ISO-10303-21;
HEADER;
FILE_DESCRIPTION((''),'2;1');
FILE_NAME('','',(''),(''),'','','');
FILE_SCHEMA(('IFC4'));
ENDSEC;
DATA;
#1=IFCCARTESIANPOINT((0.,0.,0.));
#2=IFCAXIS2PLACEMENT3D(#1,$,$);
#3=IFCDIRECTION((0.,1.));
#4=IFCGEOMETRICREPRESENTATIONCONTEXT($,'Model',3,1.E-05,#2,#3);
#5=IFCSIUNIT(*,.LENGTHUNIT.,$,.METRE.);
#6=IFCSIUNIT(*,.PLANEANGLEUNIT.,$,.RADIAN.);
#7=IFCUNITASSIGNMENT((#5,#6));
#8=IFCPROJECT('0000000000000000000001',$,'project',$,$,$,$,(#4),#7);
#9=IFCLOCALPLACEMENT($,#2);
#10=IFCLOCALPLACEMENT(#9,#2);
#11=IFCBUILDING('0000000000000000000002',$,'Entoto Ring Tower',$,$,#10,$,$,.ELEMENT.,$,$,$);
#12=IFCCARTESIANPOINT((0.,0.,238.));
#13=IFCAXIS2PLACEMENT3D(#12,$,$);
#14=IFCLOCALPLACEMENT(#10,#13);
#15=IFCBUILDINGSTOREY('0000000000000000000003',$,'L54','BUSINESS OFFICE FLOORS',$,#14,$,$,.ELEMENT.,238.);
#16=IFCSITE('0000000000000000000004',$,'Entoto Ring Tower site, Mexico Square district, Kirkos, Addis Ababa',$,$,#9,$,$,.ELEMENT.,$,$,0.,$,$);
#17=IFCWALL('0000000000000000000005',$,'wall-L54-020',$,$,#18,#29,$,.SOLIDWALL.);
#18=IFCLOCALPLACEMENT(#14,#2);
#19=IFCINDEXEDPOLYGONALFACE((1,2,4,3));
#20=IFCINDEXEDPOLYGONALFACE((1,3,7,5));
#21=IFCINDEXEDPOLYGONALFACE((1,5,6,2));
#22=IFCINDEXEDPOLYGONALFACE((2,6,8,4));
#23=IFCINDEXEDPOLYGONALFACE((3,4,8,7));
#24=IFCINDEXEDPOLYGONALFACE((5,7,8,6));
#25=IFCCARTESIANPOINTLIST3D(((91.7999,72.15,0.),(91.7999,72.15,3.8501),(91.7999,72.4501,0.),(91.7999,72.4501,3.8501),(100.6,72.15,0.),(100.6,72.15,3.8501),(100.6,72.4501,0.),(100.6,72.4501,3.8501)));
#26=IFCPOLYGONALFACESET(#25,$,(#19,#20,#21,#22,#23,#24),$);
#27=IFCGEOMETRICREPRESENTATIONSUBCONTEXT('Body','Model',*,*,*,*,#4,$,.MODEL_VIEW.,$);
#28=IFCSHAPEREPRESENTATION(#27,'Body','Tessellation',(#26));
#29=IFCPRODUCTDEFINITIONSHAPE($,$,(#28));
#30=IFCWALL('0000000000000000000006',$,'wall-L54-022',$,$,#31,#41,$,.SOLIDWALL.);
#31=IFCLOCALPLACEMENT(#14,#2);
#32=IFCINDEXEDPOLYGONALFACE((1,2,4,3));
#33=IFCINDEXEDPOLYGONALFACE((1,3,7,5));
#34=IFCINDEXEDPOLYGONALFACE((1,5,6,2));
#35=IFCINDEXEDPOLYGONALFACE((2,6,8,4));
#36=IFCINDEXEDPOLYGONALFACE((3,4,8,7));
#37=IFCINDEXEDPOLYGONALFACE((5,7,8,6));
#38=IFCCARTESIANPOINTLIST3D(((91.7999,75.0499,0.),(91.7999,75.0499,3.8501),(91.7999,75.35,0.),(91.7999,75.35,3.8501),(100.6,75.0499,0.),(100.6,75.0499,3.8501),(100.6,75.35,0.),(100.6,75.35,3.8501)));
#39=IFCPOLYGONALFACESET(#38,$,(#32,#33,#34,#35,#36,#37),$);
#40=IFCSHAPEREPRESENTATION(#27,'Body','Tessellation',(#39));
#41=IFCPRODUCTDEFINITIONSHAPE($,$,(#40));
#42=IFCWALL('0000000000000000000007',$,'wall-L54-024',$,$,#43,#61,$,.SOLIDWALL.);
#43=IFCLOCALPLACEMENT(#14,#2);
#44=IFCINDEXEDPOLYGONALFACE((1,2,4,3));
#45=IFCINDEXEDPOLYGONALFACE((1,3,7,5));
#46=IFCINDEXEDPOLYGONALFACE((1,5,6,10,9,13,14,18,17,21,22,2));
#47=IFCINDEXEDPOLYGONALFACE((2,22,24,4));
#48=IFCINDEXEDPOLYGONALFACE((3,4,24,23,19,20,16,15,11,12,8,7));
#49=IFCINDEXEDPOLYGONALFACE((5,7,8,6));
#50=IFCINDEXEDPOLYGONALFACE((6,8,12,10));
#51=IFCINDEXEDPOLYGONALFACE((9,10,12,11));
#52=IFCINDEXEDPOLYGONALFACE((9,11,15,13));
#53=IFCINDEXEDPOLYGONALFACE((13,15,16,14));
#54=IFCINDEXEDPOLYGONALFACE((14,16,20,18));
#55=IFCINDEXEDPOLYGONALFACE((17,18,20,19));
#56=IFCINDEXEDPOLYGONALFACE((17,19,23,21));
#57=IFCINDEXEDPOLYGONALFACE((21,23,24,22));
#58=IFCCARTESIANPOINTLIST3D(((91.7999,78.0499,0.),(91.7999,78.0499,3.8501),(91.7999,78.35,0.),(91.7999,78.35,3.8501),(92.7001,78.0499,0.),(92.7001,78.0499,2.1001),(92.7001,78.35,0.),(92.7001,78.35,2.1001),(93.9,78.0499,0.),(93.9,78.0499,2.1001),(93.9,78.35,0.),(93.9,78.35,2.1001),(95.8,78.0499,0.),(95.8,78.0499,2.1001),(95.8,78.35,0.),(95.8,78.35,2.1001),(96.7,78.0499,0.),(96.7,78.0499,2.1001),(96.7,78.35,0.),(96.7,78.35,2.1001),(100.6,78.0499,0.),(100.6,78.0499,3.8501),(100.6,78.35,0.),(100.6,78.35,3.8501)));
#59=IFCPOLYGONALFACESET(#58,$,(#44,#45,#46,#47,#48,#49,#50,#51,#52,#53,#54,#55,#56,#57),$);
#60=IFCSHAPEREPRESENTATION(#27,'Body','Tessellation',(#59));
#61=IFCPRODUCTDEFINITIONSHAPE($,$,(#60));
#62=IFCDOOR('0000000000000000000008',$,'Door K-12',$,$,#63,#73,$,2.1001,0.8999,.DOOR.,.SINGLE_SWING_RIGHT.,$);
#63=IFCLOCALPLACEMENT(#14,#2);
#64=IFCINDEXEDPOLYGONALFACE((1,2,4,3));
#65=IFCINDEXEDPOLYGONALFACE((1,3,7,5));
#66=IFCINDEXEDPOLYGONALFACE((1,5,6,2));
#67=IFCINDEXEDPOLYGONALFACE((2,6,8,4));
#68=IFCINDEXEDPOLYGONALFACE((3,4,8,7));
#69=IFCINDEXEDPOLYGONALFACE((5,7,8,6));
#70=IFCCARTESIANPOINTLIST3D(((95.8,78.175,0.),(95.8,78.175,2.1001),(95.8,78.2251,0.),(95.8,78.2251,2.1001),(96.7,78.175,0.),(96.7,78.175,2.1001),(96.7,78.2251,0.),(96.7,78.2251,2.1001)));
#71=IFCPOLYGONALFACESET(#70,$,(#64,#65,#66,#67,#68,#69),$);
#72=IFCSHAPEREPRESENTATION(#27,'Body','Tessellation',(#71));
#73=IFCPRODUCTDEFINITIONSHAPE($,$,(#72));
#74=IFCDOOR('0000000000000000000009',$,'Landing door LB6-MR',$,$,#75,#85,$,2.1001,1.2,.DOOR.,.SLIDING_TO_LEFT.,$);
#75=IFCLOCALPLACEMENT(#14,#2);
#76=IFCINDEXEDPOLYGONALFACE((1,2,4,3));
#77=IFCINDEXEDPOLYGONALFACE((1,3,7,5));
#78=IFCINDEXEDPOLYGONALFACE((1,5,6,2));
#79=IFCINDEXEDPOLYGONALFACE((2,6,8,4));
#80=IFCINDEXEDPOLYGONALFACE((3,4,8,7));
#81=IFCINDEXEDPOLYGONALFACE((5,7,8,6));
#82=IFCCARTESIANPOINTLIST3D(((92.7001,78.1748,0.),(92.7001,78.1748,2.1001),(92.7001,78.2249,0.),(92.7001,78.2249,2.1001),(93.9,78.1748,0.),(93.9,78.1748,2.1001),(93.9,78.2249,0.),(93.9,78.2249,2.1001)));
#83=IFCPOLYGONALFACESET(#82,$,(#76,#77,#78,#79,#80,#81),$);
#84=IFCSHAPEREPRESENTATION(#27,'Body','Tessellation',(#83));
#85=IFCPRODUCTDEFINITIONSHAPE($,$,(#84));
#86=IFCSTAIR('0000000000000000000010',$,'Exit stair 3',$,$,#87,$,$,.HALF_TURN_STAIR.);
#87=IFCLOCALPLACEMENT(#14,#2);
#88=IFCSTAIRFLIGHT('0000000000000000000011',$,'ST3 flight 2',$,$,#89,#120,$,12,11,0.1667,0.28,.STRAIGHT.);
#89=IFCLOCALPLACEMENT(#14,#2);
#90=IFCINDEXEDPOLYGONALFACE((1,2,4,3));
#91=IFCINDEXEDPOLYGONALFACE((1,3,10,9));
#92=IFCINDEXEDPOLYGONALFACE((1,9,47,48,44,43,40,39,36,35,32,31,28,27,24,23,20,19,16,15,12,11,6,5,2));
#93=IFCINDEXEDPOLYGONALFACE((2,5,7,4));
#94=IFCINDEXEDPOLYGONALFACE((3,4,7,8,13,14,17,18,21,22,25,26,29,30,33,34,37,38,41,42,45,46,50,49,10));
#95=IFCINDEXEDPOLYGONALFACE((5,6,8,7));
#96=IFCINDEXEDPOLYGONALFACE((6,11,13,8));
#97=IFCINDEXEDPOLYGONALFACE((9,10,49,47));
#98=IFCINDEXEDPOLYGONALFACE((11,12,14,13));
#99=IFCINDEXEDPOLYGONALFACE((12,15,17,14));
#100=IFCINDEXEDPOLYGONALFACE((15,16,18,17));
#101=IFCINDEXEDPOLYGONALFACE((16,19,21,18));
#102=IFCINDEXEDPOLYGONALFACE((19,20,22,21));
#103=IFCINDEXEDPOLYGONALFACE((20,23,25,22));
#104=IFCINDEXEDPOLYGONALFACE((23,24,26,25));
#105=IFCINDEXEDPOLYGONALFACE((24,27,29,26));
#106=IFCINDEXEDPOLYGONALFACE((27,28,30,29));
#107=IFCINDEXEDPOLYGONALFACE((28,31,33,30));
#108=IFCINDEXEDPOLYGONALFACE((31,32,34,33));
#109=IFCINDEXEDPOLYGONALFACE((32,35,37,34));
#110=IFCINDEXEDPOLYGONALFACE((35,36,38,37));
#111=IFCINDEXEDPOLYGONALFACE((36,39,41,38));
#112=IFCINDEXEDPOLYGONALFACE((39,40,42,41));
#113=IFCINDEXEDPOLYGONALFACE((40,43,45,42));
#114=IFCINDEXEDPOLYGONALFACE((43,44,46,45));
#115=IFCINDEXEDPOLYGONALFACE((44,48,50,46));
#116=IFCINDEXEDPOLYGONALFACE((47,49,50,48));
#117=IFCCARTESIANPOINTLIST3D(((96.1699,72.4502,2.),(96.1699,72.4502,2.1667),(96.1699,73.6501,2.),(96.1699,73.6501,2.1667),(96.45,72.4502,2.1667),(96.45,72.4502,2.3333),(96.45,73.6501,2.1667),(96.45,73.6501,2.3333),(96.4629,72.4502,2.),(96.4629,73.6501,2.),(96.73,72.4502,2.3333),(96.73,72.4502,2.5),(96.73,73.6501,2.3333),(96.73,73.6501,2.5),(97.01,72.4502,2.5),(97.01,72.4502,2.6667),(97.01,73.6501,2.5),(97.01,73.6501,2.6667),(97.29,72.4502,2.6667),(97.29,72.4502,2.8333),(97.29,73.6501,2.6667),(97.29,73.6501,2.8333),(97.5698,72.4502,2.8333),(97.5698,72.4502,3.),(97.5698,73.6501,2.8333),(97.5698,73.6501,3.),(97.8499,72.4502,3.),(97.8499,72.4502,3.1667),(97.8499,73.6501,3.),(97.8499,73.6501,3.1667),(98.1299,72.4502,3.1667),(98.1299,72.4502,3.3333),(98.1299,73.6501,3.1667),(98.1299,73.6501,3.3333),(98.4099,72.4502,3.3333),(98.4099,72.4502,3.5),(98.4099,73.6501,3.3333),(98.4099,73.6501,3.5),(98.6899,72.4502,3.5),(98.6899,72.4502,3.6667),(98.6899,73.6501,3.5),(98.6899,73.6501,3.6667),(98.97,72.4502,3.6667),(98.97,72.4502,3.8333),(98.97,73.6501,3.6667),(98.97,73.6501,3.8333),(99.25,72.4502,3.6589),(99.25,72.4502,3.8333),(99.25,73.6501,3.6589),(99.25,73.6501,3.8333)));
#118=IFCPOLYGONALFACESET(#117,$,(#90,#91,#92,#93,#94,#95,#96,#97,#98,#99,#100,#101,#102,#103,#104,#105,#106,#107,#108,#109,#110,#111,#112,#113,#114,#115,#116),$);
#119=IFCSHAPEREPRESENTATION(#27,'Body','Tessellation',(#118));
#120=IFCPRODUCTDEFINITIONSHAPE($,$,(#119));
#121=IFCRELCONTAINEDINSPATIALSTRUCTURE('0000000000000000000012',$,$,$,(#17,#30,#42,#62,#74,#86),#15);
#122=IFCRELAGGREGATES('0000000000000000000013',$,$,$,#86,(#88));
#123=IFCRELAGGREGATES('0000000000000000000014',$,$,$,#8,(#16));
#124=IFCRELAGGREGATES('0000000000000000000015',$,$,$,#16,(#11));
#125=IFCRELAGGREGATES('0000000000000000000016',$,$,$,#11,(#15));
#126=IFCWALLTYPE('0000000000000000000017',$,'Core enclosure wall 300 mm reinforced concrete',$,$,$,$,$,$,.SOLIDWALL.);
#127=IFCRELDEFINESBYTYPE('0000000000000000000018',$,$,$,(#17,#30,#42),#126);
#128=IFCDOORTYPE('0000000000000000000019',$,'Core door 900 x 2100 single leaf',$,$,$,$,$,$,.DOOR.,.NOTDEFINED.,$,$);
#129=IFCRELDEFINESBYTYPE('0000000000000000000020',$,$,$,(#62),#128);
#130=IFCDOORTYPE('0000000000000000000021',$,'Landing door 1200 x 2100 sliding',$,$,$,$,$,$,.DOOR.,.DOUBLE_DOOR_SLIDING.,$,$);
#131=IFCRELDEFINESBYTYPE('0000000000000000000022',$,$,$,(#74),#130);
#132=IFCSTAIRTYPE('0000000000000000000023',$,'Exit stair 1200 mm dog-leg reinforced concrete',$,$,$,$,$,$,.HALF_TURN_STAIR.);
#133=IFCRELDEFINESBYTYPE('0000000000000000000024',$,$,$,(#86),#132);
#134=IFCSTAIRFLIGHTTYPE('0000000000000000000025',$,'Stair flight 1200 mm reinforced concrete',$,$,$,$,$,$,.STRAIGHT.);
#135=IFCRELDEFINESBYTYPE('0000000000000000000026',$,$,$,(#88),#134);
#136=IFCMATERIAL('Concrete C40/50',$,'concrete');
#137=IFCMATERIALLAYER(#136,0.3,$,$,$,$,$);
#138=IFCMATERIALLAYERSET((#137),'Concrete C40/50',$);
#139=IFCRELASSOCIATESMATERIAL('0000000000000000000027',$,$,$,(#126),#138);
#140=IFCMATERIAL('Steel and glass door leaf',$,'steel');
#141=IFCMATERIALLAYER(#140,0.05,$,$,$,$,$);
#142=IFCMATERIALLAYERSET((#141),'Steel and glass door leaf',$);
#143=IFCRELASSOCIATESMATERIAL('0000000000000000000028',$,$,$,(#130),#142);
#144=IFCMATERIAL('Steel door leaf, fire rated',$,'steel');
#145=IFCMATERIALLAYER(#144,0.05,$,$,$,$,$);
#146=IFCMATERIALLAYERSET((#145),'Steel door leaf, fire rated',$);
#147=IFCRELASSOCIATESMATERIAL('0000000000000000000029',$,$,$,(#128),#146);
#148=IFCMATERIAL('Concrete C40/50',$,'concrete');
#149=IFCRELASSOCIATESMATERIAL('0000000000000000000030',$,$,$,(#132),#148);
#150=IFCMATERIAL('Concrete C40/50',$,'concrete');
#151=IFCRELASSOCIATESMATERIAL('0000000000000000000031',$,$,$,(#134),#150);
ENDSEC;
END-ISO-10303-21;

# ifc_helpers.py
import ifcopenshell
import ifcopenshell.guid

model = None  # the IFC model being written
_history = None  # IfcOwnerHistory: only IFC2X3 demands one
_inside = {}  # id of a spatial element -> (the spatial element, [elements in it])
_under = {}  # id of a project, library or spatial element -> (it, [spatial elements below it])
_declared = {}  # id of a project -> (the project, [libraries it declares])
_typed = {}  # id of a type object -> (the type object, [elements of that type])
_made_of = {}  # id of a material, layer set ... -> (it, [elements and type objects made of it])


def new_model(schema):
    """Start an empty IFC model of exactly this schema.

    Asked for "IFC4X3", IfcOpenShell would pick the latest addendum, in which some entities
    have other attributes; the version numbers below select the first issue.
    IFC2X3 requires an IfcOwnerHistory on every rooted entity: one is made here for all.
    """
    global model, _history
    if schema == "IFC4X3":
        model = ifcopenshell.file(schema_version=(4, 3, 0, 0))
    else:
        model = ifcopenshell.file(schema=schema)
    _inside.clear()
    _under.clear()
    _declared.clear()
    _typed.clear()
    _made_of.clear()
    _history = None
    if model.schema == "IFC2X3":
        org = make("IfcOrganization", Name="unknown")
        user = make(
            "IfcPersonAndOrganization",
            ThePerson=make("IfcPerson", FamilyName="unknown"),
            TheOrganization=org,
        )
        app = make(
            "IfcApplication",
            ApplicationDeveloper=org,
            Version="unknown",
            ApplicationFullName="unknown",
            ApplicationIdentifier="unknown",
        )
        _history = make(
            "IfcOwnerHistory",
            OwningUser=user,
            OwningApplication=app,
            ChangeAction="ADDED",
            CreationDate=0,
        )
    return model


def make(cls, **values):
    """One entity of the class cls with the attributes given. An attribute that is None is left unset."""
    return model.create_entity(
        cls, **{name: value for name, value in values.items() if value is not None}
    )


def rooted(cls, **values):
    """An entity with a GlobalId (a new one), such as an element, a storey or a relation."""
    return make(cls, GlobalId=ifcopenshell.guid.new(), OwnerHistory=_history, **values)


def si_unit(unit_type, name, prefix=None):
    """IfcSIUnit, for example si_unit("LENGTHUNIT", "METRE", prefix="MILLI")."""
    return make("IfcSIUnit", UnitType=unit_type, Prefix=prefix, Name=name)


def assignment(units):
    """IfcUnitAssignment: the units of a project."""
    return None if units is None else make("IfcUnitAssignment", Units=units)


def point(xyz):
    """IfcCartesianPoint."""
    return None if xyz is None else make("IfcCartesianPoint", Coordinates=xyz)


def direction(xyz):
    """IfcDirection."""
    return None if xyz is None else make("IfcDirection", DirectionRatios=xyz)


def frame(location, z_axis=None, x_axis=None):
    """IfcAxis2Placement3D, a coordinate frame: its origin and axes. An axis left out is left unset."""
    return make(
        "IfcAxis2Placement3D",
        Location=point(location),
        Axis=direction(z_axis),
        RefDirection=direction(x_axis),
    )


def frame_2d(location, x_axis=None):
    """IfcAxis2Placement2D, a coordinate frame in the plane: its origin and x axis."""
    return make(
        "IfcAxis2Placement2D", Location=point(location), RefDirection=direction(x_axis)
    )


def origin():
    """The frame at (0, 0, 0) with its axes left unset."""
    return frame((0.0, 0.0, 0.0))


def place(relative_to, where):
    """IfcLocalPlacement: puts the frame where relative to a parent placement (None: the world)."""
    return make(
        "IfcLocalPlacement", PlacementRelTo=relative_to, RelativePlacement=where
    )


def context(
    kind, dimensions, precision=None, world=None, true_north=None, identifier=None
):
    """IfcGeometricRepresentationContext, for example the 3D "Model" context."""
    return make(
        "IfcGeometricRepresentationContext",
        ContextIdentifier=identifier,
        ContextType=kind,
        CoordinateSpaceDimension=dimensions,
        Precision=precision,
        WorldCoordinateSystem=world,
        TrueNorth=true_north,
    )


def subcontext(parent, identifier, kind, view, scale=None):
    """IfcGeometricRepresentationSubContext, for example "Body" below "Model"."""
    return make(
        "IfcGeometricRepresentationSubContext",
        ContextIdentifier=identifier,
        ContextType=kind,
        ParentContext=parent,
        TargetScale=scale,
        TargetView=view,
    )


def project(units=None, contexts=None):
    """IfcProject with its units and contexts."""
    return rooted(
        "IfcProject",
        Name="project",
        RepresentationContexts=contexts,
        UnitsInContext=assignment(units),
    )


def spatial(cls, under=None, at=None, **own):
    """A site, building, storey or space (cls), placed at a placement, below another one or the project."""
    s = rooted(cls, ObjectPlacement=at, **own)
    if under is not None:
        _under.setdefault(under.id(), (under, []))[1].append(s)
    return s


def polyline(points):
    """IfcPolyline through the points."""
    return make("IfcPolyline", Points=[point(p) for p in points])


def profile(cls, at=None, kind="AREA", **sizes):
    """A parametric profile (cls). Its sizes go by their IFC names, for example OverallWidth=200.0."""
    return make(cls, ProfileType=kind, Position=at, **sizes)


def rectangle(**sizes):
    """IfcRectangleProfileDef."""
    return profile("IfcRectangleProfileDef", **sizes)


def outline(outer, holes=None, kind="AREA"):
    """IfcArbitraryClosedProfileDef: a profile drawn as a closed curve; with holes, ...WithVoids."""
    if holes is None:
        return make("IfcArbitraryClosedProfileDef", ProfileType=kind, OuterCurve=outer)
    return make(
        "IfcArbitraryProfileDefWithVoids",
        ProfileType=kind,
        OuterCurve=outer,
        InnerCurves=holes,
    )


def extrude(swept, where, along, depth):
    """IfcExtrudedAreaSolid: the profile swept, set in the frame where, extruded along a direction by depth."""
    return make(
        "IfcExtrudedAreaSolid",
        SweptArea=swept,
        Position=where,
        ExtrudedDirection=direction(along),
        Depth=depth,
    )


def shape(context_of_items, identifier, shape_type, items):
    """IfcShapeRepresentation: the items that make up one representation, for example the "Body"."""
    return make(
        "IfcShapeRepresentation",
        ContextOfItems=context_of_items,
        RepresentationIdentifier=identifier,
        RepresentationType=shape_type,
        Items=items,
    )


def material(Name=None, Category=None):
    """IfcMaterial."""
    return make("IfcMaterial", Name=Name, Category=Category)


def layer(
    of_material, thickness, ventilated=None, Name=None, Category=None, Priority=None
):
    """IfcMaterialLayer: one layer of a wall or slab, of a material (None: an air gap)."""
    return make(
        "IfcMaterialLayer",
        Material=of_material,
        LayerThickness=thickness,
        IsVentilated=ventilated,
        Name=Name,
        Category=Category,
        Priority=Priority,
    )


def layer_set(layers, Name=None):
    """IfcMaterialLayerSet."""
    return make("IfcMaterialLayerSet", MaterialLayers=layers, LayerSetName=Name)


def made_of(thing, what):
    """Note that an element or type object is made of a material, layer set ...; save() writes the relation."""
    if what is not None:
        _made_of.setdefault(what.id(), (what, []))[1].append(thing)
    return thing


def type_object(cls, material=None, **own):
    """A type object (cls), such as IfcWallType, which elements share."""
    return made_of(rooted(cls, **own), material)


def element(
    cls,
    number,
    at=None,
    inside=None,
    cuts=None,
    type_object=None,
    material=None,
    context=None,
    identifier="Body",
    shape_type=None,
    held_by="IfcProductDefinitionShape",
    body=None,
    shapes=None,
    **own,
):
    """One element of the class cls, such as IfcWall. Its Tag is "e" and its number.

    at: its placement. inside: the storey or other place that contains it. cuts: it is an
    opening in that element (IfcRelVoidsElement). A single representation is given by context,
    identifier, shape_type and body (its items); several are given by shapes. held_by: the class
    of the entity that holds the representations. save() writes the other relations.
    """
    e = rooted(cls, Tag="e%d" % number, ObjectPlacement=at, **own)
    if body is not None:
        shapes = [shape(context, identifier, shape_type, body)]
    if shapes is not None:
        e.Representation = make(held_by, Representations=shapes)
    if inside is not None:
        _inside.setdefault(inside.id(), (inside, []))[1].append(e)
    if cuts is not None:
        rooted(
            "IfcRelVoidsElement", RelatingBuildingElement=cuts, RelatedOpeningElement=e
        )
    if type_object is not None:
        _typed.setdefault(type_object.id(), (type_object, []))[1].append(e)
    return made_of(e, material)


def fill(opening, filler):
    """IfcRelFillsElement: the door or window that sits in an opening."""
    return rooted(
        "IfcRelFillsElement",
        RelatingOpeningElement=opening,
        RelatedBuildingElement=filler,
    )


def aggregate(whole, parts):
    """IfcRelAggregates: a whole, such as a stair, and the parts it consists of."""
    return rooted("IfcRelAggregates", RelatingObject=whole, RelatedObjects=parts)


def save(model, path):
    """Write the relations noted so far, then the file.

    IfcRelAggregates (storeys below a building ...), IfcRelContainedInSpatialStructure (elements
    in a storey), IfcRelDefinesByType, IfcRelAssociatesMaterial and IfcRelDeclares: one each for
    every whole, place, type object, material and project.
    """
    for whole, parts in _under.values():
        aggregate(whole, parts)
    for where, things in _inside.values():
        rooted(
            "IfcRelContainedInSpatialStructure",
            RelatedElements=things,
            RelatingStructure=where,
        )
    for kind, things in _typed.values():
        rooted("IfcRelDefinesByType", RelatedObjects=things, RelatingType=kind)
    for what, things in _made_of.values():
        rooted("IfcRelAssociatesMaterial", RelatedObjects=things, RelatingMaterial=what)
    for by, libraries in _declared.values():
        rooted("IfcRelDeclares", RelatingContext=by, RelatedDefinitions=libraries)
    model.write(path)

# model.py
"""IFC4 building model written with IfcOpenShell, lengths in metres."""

from ifc_helpers import new_model, si_unit, direction, frame, frame_2d, origin, place, context, subcontext, project, spatial, polyline, rectangle, outline, extrude, material, layer, layer_set, type_object, element, fill, aggregate, save


model = new_model("IFC4")

# Units and contexts
model_context = context("Model", 3, precision=1e-05, world=origin(), true_north=direction((0.0, 1.0)))
body_context = subcontext(model_context, "Body", "Model", "MODEL_VIEW")
ifc_project = project(units=[si_unit("LENGTHUNIT", "METRE"), si_unit("PLANEANGLEUNIT", "RADIAN")], contexts=[model_context])

# Site, building, storey
site_placement = place(None, origin())
site = spatial("IfcSite", under=ifc_project, at=site_placement, Name="Entoto Ring Tower site, Mexico Square district, Kirkos, Addis Ababa", CompositionType="ELEMENT", RefElevation=0.0)
building_placement = place(site_placement, origin())
building = spatial("IfcBuilding", under=site, at=building_placement, Name="Entoto Ring Tower", CompositionType="ELEMENT")
storey_placement = place(building_placement, frame((0.0, 0.0, 238.0)))
storey = spatial("IfcBuildingStorey", under=building, at=storey_placement, Name="L54", Description="BUSINESS OFFICE FLOORS", CompositionType="ELEMENT", Elevation=238.0)

# Shared definitions
ifc_material_1 = material(Name="Concrete C40/50", Category="concrete")
ifc_layer_1 = layer(ifc_material_1, 0.3)
ifc_layer_set_1 = layer_set([ifc_layer_1], Name="Concrete C40/50")
wall_type = type_object("IfcWallType", Name="Core enclosure wall 300 mm reinforced concrete", PredefinedType="SOLIDWALL", material=ifc_layer_set_1)

# Shared definitions
ifc_material_2 = material(Name="Steel and glass door leaf", Category="steel")
ifc_layer_2 = layer(ifc_material_2, 0.05)
ifc_layer_set_2 = layer_set([ifc_layer_2], Name="Steel and glass door leaf")
door_type_1 = type_object("IfcDoorType", Name="Landing door 1200 x 2100 sliding", OperationType="DOUBLE_DOOR_SLIDING", PredefinedType="DOOR", material=ifc_layer_set_2)

# Walls
for number, where, z_axis, x_axis, name in (
    (1, (91.8, 72.3, 0.0), (0.0, 0.0, 1.0), (1.0, 0.0, 0.0), "wall-L54-020"),
    (2, (91.8, 75.2, 0.0), (0.0, 0.0, 1.0), (1.0, 0.0, 0.0), "wall-L54-022"),
):
    element("IfcWall", number, at=place(storey_placement, frame(where, z_axis=z_axis, x_axis=x_axis)), inside=storey, type_object=wall_type, Name=name, PredefinedType="SOLIDWALL", context=body_context, shape_type="SweptSolid", body=[
        extrude(rectangle(XDim=8.8, YDim=0.3, at=frame_2d((4.3999, 0.0))), origin(), (0.0, 0.0, 1.0), 3.8501),
    ])

# Wall, openings, doors
wall_1_placement = place(storey_placement, frame((91.8, 78.2, 0.0), z_axis=(0.0, 0.0, 1.0), x_axis=(1.0, 0.0, 0.0)))
wall_1 = element("IfcWall", 3, at=wall_1_placement, inside=storey, type_object=wall_type, Name="wall-L54-024", PredefinedType="SOLIDWALL", context=body_context, shape_type="SweptSolid", body=[
    extrude(rectangle(XDim=8.8, YDim=0.3, at=frame_2d((4.3999, 0.0))), origin(), (0.0, 0.0, 1.0), 3.8501),
])
opening_1_placement = place(wall_1_placement, frame((0.8999, 0.0, 0.0)))
opening_1 = element("IfcOpeningElement", 4, at=opening_1_placement, cuts=wall_1, PredefinedType="OPENING", context=body_context, shape_type="SweptSolid", body=[
    extrude(rectangle(XDim=1.2, YDim=2.1001, at=frame_2d((0.6001, 1.05))), frame((0.0, 0.1602, 0.0), z_axis=(0.0, -1.0, 0.0), x_axis=(1.0, 0.0, 0.0)), (0.0, 0.0, 1.0), 0.3201),
])
opening_2_placement = place(wall_1_placement, frame((4.0, 0.0, 0.0)))
opening_2 = element("IfcOpeningElement", 5, at=opening_2_placement, cuts=wall_1, PredefinedType="OPENING", context=body_context, shape_type="SweptSolid", body=[
    extrude(rectangle(XDim=0.8999, YDim=2.1001, at=frame_2d((0.45, 1.05))), frame((0.0, 0.1602, 0.0), z_axis=(0.0, -1.0, 0.0), x_axis=(1.0, 0.0, 0.0)), (0.0, 0.0, 1.0), 0.3201),
])
ifc_material_3 = material(Name="Steel door leaf, fire rated", Category="steel")
ifc_layer_3 = layer(ifc_material_3, 0.05)
ifc_layer_set_3 = layer_set([ifc_layer_3], Name="Steel door leaf, fire rated")
door_type_2 = type_object("IfcDoorType", Name="Core door 900 x 2100 single leaf", OperationType="NOTDEFINED", PredefinedType="DOOR", material=ifc_layer_set_3)
door_1_placement = place(opening_2_placement, frame((0.8999, 0.0, 0.0), z_axis=(0.0, 0.0, 1.0), x_axis=(-1.0, 0.0, 0.0)))
door_1 = element("IfcDoor", 6, at=door_1_placement, inside=storey, type_object=door_type_2, Name="Door K-12", OperationType="SINGLE_SWING_RIGHT", OverallHeight=2.1001, OverallWidth=0.8999, PredefinedType="DOOR", context=body_context, shape_type="SweptSolid", body=[
    extrude(rectangle(XDim=0.8999, YDim=2.1001, at=frame_2d((0.45, 1.05))), frame((0.0, 0.0249, 0.0), z_axis=(0.0, -1.0, 0.0), x_axis=(1.0, 0.0, 0.0)), (0.0, 0.0, 1.0), 0.05),
])
fill(opening_2, door_1)
door_2_placement = place(opening_1_placement, origin())
door_2 = element("IfcDoor", 7, at=door_2_placement, inside=storey, type_object=door_type_1, Name="Landing door LB6-MR", OperationType="SLIDING_TO_LEFT", OverallHeight=2.1001, OverallWidth=1.2, PredefinedType="DOOR", context=body_context, shape_type="SweptSolid", body=[
    extrude(rectangle(XDim=1.2, YDim=2.1001, at=frame_2d((0.6001, 1.05))), frame((0.0, 0.0249, 0.0), z_axis=(0.0, -1.0, 0.0), x_axis=(1.0, 0.0, 0.0)), (0.0, 0.0, 1.0), 0.05),
])
fill(opening_1, door_2)

# Stair, stair flight
ifc_material_4 = material(Name="Concrete C40/50", Category="concrete")
stair_type = type_object("IfcStairType", Name="Exit stair 1200 mm dog-leg reinforced concrete", PredefinedType="HALF_TURN_STAIR", material=ifc_material_4)
stair_placement = place(storey_placement, origin())
stair = element("IfcStair", 8, at=stair_placement, inside=storey, type_object=stair_type, Name="Exit stair 3", PredefinedType="HALF_TURN_STAIR")
ifc_material_5 = material(Name="Concrete C40/50", Category="concrete")
stair_flight_type = type_object("IfcStairFlightType", Name="Stair flight 1200 mm reinforced concrete", PredefinedType="STRAIGHT", material=ifc_material_5)
stair_flight_placement = place(storey_placement, frame((96.1699, 73.05, 2.0), z_axis=(0.0, 0.0, 1.0), x_axis=(1.0, 0.0, 0.0)))
stair_flight = element("IfcStairFlight", 9, at=stair_flight_placement, type_object=stair_flight_type, Name="ST3 flight 2", NumberOfRisers=12, NumberOfTreads=11, PredefinedType="STRAIGHT", RiserHeight=0.1667, TreadLength=0.28, context=body_context, shape_type="SweptSolid", body=[
    extrude(outline(polyline([(0.0, 0.0), (0.0, 0.1667), (0.28, 0.1667), (0.28, 0.3333), (0.5601, 0.3333), (0.5601, 0.5), (0.8401, 0.5), (0.8401, 0.6667), (1.1201, 0.6667), (1.1201, 0.8333), (1.3999, 0.8333), (1.3999, 1.0), (1.6799, 1.0), (1.6799, 1.1667), (1.96, 1.1667), (1.96, 1.3333), (2.24, 1.3333), (2.24, 1.5), (2.52, 1.5), (2.52, 1.6667), (2.8, 1.6667), (2.8, 1.8333), (3.0801, 1.8333), (3.0801, 2.0), (3.0801, 1.6589), (0.293, 0.0), (0.0, 0.0)])), frame((0.0, 0.6001, 0.0), z_axis=(0.0, -1.0, 0.0), x_axis=(1.0, 0.0, 0.0)), (0.0, 0.0, 1.0), 1.2),
])
aggregate(stair, [stair_flight])

save(model, "model.ifc")
